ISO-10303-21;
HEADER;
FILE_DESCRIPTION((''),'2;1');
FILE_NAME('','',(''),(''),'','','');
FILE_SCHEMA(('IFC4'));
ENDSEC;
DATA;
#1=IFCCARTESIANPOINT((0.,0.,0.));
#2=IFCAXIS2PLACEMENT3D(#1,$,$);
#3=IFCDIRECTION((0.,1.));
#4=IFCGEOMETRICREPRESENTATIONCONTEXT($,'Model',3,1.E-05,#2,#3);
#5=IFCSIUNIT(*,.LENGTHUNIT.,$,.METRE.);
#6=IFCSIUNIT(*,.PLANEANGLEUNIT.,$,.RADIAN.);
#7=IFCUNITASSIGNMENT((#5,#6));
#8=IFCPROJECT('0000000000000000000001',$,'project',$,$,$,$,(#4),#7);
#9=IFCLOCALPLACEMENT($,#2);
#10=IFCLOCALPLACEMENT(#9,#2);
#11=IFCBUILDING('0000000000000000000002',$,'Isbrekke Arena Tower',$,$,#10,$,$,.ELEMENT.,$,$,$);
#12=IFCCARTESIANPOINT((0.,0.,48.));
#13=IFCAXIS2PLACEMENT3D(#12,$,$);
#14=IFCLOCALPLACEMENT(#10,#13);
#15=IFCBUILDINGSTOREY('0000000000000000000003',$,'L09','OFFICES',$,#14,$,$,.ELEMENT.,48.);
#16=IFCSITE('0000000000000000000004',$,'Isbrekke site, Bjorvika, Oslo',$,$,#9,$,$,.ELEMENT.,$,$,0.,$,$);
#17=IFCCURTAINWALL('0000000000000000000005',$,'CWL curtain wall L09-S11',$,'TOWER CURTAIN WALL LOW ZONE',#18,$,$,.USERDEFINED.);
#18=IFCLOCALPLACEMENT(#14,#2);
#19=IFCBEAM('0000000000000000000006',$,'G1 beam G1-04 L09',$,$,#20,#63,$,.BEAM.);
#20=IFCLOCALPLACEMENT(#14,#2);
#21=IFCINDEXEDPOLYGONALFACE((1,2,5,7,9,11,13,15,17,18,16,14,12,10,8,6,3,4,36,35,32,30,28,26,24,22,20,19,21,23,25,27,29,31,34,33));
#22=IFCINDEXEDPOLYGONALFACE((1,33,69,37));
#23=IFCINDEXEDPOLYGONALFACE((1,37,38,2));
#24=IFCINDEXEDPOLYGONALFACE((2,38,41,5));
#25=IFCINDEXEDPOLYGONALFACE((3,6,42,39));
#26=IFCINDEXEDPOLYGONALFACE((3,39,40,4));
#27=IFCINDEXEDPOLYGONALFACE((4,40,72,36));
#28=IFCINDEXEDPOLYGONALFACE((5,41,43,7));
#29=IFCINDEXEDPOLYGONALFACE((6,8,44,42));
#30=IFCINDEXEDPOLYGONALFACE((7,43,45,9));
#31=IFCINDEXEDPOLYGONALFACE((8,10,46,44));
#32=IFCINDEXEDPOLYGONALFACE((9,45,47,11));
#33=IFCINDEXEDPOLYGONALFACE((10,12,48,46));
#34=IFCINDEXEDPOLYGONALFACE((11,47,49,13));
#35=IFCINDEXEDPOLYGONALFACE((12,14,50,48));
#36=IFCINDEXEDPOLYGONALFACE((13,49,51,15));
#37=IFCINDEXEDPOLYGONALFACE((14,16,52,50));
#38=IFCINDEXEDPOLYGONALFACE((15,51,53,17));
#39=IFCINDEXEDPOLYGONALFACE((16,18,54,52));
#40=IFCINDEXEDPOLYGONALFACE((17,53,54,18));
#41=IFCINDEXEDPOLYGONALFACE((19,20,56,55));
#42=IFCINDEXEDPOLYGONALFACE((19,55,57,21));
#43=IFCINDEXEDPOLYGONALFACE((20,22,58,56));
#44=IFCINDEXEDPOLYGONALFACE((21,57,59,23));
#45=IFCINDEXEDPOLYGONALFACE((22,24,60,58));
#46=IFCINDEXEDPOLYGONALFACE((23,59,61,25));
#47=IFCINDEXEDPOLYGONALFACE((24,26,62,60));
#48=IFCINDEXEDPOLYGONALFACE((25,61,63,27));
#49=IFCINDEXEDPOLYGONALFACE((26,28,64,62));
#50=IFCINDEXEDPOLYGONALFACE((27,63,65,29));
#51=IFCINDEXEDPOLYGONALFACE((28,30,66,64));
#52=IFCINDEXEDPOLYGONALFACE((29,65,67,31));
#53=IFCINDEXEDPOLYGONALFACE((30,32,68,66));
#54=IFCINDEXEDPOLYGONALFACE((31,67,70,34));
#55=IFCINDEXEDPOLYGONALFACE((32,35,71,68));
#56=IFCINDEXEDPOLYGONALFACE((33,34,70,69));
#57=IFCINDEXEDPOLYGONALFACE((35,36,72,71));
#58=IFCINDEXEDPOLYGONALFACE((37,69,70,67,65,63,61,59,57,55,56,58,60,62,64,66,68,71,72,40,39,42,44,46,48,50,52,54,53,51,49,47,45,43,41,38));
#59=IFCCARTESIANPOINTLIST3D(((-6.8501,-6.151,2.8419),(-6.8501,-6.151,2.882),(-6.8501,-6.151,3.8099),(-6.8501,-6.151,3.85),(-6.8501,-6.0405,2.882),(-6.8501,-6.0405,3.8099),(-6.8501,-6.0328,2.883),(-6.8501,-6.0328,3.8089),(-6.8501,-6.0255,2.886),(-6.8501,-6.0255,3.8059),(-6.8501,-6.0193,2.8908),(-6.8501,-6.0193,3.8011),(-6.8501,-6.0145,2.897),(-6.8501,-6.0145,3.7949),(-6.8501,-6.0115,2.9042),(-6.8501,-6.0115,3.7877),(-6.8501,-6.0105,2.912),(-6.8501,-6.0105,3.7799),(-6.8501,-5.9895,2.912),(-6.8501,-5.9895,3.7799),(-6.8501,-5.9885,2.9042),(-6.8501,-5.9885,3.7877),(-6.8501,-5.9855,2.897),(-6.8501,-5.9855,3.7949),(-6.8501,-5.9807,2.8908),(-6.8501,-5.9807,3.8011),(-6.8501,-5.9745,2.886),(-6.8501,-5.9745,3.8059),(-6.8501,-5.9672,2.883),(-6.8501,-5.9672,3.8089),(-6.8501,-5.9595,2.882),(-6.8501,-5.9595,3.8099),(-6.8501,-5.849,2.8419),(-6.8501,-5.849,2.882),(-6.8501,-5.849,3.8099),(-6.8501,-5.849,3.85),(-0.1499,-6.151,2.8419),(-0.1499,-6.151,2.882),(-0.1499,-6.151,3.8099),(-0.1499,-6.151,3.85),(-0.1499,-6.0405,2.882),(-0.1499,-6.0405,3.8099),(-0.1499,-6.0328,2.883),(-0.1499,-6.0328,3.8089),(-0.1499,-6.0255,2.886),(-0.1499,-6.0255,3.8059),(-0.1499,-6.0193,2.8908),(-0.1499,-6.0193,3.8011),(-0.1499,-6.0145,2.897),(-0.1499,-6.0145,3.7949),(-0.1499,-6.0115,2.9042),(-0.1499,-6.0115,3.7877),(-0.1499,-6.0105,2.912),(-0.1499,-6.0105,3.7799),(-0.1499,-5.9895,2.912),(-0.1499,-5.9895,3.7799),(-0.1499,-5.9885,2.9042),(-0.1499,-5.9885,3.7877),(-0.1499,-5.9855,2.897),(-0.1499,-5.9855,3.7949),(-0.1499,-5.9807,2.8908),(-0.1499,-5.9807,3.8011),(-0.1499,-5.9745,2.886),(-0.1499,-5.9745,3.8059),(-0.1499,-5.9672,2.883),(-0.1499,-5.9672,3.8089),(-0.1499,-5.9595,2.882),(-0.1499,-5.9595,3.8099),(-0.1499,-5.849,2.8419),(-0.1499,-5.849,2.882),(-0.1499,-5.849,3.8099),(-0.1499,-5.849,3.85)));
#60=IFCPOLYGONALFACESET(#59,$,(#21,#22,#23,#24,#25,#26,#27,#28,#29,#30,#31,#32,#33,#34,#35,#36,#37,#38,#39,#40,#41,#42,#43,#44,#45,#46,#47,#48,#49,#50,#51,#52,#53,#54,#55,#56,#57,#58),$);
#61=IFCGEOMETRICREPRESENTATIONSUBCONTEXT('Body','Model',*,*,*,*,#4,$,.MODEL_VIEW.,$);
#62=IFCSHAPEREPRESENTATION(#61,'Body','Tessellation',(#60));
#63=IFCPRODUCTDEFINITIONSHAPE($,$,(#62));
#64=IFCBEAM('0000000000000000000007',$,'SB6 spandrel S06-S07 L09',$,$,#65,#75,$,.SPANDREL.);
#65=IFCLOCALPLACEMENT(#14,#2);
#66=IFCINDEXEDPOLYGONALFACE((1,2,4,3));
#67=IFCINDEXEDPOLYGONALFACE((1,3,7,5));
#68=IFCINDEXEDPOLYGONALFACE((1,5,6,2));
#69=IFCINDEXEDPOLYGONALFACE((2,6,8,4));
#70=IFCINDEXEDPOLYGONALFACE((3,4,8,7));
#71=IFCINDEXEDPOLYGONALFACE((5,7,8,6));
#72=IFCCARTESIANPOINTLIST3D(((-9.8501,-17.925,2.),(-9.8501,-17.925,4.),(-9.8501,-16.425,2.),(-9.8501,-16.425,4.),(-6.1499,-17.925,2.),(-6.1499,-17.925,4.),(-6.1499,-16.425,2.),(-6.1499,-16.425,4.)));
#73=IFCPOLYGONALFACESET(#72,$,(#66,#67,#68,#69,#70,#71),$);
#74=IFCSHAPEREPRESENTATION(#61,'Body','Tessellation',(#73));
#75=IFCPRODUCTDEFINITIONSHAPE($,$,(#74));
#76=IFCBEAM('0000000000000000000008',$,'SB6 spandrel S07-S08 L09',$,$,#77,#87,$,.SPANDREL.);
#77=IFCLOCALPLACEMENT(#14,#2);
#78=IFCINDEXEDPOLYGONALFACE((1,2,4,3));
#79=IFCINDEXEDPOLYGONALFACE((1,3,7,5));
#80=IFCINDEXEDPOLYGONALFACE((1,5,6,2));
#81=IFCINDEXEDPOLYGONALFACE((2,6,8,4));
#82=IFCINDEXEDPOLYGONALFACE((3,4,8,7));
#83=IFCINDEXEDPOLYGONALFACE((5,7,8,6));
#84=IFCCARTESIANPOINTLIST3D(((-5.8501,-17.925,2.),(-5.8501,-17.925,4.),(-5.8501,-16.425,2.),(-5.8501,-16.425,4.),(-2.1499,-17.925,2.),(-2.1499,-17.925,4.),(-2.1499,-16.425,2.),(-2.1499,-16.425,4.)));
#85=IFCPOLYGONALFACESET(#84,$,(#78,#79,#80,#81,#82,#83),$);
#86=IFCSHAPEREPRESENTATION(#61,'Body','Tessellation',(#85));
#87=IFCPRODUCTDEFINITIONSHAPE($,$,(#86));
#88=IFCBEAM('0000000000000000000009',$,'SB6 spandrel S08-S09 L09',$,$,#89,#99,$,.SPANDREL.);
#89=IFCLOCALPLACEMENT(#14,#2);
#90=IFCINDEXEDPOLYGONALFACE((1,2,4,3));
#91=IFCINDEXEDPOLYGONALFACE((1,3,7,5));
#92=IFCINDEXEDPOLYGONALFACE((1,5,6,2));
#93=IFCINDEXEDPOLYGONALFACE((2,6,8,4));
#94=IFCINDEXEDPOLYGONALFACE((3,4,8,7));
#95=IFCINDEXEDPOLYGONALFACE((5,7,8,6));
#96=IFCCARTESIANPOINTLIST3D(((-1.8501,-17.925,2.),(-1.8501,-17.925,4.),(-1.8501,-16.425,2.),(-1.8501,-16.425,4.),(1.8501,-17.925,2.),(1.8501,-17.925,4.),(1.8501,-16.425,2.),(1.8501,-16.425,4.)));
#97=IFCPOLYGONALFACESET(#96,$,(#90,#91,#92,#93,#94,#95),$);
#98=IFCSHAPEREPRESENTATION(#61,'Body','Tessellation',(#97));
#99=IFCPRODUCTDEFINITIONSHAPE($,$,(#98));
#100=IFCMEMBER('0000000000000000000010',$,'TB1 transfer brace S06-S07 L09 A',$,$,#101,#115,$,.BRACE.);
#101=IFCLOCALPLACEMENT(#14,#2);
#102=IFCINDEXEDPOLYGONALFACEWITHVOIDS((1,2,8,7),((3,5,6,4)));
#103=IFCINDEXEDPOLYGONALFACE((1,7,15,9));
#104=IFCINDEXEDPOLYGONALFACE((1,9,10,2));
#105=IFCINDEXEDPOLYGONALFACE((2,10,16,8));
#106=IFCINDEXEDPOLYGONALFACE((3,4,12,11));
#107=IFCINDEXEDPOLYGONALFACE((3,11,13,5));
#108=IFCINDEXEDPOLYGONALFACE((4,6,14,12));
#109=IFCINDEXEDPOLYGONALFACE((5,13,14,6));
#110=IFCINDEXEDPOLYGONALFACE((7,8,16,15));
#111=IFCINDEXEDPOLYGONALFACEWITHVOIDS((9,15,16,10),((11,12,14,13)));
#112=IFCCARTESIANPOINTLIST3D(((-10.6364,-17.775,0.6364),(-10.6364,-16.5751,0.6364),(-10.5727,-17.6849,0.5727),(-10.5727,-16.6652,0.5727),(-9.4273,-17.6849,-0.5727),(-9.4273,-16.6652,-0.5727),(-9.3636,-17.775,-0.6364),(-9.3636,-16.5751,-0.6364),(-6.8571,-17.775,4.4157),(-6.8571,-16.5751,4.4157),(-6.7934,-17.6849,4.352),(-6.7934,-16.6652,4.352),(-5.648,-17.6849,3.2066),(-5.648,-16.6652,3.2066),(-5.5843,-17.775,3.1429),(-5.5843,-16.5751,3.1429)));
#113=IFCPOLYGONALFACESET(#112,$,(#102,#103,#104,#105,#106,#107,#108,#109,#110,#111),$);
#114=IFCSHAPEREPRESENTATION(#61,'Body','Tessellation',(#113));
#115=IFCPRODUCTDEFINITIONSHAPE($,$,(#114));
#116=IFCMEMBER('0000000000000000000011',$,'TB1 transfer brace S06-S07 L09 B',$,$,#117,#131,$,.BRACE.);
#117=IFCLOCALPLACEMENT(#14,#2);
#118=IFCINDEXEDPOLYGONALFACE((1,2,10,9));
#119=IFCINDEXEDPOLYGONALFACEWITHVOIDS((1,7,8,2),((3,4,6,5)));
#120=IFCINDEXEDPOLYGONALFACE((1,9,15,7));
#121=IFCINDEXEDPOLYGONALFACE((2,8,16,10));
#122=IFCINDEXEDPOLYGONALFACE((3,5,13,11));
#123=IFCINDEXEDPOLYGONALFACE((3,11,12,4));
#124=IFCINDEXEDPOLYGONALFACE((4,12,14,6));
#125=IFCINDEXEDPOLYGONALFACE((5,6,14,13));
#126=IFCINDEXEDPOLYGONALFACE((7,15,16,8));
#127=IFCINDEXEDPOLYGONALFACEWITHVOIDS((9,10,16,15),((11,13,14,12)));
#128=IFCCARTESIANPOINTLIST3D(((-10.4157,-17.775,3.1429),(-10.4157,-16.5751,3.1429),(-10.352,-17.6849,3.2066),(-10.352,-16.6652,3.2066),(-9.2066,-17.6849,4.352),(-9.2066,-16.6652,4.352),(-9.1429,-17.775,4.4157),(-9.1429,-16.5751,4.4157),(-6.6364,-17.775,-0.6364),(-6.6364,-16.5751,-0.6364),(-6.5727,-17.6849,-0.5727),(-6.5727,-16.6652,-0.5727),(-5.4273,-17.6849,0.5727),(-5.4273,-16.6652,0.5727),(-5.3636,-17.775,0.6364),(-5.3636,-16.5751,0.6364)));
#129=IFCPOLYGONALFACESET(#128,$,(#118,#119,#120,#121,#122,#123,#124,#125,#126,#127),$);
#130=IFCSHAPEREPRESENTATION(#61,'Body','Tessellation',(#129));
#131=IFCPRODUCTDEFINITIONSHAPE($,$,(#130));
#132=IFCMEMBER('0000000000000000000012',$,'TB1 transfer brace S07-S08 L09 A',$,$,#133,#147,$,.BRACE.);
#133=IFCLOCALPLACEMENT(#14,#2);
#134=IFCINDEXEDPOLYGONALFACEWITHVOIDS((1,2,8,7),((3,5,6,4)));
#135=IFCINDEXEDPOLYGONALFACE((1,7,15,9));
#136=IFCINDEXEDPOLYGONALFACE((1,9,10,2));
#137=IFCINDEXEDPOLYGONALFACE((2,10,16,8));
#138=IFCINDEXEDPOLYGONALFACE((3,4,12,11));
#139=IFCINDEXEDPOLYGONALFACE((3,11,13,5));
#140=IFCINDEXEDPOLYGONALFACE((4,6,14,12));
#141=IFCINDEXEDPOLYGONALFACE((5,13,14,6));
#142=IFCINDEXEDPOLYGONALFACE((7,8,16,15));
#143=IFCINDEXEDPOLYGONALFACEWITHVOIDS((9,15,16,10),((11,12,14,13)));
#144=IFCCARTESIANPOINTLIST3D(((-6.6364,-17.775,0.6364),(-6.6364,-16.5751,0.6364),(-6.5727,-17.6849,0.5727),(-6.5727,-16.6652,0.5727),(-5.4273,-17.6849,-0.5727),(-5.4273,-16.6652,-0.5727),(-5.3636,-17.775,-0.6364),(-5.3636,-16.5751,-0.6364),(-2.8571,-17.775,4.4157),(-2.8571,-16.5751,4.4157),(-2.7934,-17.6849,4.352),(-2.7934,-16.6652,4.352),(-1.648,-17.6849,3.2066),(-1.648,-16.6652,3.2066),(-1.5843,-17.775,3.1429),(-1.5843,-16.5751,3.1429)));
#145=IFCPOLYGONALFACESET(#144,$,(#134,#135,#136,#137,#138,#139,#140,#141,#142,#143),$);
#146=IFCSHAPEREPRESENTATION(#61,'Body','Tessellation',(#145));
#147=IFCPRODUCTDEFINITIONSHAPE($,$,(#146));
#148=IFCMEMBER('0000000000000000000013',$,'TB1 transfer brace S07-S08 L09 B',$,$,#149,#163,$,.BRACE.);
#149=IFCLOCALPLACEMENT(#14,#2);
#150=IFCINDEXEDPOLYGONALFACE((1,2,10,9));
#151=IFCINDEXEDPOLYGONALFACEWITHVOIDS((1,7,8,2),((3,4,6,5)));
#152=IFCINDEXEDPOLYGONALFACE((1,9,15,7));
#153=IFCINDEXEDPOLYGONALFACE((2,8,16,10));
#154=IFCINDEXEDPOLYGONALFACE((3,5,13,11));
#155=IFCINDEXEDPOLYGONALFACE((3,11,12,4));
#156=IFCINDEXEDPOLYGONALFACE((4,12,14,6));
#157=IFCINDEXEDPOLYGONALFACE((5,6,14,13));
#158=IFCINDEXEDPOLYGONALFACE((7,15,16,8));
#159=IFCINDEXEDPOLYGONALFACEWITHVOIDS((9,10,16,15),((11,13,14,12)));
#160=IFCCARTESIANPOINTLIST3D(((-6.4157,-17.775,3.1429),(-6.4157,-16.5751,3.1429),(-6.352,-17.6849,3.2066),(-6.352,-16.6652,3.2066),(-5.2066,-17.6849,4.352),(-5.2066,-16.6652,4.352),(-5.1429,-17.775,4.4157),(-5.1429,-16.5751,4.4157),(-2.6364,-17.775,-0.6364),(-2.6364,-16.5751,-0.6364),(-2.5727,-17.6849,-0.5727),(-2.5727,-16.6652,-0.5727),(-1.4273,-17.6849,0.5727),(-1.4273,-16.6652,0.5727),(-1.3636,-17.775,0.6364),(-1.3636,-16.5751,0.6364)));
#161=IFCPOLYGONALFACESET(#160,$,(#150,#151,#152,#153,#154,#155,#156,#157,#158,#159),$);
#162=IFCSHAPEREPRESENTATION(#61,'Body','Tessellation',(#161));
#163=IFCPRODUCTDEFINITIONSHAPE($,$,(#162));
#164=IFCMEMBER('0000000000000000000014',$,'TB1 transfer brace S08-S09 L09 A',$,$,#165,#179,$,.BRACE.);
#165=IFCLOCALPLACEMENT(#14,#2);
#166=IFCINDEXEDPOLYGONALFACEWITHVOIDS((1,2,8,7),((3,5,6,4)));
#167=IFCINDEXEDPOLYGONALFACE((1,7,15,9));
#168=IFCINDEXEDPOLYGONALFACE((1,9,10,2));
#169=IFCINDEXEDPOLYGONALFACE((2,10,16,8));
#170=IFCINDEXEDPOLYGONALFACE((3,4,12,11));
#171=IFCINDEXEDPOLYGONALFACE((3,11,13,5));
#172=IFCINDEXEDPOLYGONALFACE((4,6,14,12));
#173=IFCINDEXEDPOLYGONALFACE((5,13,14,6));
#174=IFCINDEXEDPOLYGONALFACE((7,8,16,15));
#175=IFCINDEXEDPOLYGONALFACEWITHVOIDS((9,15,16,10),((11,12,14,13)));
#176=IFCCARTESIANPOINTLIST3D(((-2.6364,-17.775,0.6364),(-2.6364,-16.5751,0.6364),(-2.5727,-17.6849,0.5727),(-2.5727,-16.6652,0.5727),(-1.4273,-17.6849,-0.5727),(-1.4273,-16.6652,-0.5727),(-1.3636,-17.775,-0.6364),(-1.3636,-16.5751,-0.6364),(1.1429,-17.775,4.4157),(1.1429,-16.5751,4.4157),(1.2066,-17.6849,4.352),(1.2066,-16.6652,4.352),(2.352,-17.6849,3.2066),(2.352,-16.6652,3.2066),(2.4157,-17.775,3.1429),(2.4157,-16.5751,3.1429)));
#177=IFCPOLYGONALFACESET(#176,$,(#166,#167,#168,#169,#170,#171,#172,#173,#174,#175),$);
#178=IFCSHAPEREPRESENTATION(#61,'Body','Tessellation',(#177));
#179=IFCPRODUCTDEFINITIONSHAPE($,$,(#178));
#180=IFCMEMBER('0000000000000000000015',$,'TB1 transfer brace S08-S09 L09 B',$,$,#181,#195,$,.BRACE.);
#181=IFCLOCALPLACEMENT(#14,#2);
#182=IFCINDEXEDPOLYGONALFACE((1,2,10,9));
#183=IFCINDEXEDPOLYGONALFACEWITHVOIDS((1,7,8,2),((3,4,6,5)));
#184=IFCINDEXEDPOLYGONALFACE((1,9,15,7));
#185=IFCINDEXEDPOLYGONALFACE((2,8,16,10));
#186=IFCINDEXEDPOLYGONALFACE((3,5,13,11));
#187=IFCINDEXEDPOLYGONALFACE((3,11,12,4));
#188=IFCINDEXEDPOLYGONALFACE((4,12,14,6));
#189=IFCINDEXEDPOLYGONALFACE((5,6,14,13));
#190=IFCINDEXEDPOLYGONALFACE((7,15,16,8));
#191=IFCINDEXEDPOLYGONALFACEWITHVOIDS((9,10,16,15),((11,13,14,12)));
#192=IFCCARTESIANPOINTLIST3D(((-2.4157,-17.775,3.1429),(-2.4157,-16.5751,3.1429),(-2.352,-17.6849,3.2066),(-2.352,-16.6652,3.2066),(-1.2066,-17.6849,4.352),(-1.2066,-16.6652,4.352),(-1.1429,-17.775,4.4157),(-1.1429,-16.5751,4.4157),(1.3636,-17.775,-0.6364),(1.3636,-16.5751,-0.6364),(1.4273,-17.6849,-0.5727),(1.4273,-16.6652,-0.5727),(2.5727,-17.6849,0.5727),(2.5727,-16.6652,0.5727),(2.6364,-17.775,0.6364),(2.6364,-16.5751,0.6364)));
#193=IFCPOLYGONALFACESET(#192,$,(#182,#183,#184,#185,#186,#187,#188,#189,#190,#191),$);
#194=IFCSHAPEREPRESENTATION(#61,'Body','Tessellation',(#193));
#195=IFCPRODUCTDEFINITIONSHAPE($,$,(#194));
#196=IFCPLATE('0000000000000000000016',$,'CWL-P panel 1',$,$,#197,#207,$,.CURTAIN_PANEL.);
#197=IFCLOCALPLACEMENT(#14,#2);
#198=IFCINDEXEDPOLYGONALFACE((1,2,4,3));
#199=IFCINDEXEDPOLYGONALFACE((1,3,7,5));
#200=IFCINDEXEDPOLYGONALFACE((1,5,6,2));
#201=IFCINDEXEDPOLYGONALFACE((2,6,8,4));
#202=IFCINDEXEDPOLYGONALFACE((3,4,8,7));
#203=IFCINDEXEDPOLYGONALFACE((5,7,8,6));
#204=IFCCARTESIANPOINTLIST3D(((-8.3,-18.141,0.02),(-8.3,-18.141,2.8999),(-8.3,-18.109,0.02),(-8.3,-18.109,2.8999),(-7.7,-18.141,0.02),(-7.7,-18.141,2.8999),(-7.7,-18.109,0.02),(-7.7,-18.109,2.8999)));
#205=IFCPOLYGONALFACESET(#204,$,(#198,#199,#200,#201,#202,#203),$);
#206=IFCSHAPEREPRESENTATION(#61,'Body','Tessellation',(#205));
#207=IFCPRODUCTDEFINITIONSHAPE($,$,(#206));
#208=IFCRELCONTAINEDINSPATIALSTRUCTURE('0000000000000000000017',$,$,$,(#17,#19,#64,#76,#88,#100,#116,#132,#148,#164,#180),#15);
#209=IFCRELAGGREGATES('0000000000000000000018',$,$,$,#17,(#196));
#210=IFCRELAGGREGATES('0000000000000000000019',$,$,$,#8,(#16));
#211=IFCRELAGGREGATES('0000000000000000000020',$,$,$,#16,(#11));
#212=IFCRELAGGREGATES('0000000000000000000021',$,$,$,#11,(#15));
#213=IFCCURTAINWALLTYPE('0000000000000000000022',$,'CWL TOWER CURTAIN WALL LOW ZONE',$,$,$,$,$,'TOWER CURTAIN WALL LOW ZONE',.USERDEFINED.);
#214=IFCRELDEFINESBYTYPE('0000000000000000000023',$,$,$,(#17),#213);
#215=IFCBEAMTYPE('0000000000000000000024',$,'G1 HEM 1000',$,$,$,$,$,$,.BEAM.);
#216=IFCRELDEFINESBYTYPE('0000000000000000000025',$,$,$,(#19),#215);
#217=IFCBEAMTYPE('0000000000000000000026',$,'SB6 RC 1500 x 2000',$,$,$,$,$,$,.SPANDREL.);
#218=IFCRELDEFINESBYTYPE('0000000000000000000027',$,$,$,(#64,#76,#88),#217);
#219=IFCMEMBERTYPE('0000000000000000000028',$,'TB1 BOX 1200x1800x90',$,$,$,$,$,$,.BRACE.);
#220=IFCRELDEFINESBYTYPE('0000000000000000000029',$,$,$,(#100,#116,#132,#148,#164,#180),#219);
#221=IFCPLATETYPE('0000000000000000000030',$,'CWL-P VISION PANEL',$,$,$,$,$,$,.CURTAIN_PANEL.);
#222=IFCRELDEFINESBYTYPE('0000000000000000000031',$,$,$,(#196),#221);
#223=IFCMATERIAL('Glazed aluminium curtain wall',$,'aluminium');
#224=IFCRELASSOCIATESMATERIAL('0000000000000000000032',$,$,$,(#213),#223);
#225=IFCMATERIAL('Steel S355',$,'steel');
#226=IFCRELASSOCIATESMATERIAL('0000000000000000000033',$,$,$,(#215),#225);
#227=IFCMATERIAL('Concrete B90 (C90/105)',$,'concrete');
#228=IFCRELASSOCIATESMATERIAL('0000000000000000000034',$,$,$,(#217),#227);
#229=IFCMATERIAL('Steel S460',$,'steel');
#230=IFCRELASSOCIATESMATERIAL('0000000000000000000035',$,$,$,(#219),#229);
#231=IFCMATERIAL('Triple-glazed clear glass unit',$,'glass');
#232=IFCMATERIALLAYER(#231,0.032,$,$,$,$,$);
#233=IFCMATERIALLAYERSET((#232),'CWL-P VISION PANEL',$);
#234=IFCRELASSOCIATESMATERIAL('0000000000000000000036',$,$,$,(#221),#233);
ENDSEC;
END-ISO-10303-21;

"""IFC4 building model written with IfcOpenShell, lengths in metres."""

from ifc_helpers import new_model, si_unit, direction, frame, origin, origin_2d, place, context, subcontext, project, spatial, rectangle, hollow_rectangle, i_section, extrude, material, layer, layer_set, material_profile, profile_set, type_object, element, aggregate, save


model = new_model("IFC4")

# Units and contexts
model_context = context("Model", 3, precision=1e-05, world=origin(), true_north=direction((0.0, 1.0)))
body_context = subcontext(model_context, "Body", "Model", "MODEL_VIEW")
ifc_project = project(units=[si_unit("LENGTHUNIT", "METRE"), si_unit("PLANEANGLEUNIT", "RADIAN")], contexts=[model_context])

# Site, building, storey
site_placement = place(None, origin())
site = spatial("IfcSite", under=ifc_project, at=site_placement, Name="Isbrekke site, Bjorvika, Oslo", CompositionType="ELEMENT", RefElevation=0.0)
building_placement = place(site_placement, origin())
building = spatial("IfcBuilding", under=site, at=building_placement, Name="Isbrekke Arena Tower", CompositionType="ELEMENT")
storey_placement = place(building_placement, frame((0.0, 0.0, 48.0)))
storey = spatial("IfcBuildingStorey", under=building, at=storey_placement, Name="L09", Description="OFFICES", CompositionType="ELEMENT", Elevation=48.0)

# Curtain wall
ifc_material_1 = material(Name="Glazed aluminium curtain wall", Category="aluminium")
curtain_wall_type = type_object("IfcCurtainWallType", Name="CWL TOWER CURTAIN WALL LOW ZONE", ElementType="TOWER CURTAIN WALL LOW ZONE", PredefinedType="USERDEFINED", material=ifc_material_1)
curtain_wall_1_placement = place(storey_placement, origin())
curtain_wall_1 = element("IfcCurtainWall", 1, at=curtain_wall_1_placement, inside=storey, type_object=curtain_wall_type, Name="CWL curtain wall L09-S11", ObjectType="TOWER CURTAIN WALL LOW ZONE", PredefinedType="USERDEFINED")

# Beams
ifc_material_2 = material(Name="Steel S355", Category="steel")
ifc_material_profile_1 = material_profile(ifc_material_2, i_section(OverallWidth=0.302, OverallDepth=1.0081, WebThickness=0.021, FlangeThickness=0.04, FilletRadius=0.03, at=origin_2d()), Name="HEM 1000")
ifc_profile_set_1 = profile_set([ifc_material_profile_1], Name="Steel S355")
beam_type_1 = type_object("IfcBeamType", Name="G1 HEM 1000", PredefinedType="BEAM", material=ifc_profile_set_1)
beam_1_placement = place(storey_placement, frame((-6.8501, -6.0, 3.3459), z_axis=(1.0, 0.0, 0.0), x_axis=(0.0, 1.0, 0.0)))
element("IfcBeam", 2, at=beam_1_placement, inside=storey, type_object=beam_type_1, Name="G1 beam G1-04 L09", PredefinedType="BEAM", context=body_context, shape_type="SweptSolid", body=[
    extrude(i_section(OverallWidth=0.302, OverallDepth=1.0081, WebThickness=0.021, FlangeThickness=0.04, FilletRadius=0.03, at=origin_2d()), origin(), (0.0, 0.0, 1.0), 6.7002),
])
ifc_material_3 = material(Name="Concrete B90 (C90/105)", Category="concrete")
ifc_material_profile_2 = material_profile(ifc_material_3, rectangle(XDim=1.5, YDim=2.0, at=origin_2d()), Name="RC 1500x2000")
ifc_profile_set_2 = profile_set([ifc_material_profile_2], Name="Concrete B90 (C90/105)")
beam_type_2 = type_object("IfcBeamType", Name="SB6 RC 1500 x 2000", PredefinedType="SPANDREL", material=ifc_profile_set_2)
for number, where, z_axis, x_axis, name in (
    (3, (-9.8501, -17.175, 3.0), (1.0, 0.0, 0.0), (0.0, 1.0, 0.0), "SB6 spandrel S06-S07 L09"),
    (4, (-5.8501, -17.175, 3.0), (1.0, 0.0, 0.0), (0.0, 1.0, 0.0), "SB6 spandrel S07-S08 L09"),
    (5, (-1.8501, -17.175, 3.0), (1.0, 0.0, 0.0), (0.0, 1.0, 0.0), "SB6 spandrel S08-S09 L09"),
):
    element("IfcBeam", number, at=place(storey_placement, frame(where, z_axis=z_axis, x_axis=x_axis)), inside=storey, type_object=beam_type_2, Name=name, PredefinedType="SPANDREL", context=body_context, shape_type="SweptSolid", body=[
        extrude(rectangle(XDim=1.5, YDim=2.0, at=origin_2d()), origin(), (0.0, 0.0, 1.0), 3.7002),
    ])

# Members
ifc_material_4 = material(Name="Steel S460", Category="steel")
ifc_material_profile_3 = material_profile(ifc_material_4, hollow_rectangle(XDim=1.2, YDim=1.8, WallThickness=0.0901, at=origin_2d()), Name="BOX 1200x1800x90")
ifc_profile_set_3 = profile_set([ifc_material_profile_3], Name="Steel S460")
member_type_1 = type_object("IfcMemberType", Name="TB1 BOX 1200x1800x90", PredefinedType="BRACE", material=ifc_profile_set_3)
for number, where, z_axis, x_axis, name in (
    (6, (-10.0, -17.175, 0.0), (0.707107, 0.0, 0.707107), (0.0, 1.0, 0.0), "TB1 transfer brace S06-S07 L09 A"),
    (7, (-9.7793, -17.175, 3.7793), (0.707107, 0.0, -0.707107), (0.0, 1.0, 0.0), "TB1 transfer brace S06-S07 L09 B"),
    (8, (-6.0, -17.175, 0.0), (0.707107, 0.0, 0.707107), (0.0, 1.0, 0.0), "TB1 transfer brace S07-S08 L09 A"),
    (9, (-5.7793, -17.175, 3.7793), (0.707107, 0.0, -0.707107), (0.0, 1.0, 0.0), "TB1 transfer brace S07-S08 L09 B"),
    (10, (-2.0, -17.175, 0.0), (0.707107, 0.0, 0.707107), (0.0, 1.0, 0.0), "TB1 transfer brace S08-S09 L09 A"),
    (11, (-1.7793, -17.175, 3.7793), (0.707107, 0.0, -0.707107), (0.0, 1.0, 0.0), "TB1 transfer brace S08-S09 L09 B"),
):
    element("IfcMember", number, at=place(storey_placement, frame(where, z_axis=z_axis, x_axis=x_axis)), inside=storey, type_object=member_type_1, Name=name, PredefinedType="BRACE", context=body_context, shape_type="SweptSolid", body=[
        extrude(hollow_rectangle(XDim=1.2, YDim=1.8, WallThickness=0.0901, at=origin_2d()), origin(), (0.0, 0.0, 1.0), 5.3447),
    ])

# Plate
ifc_material_5 = material(Name="Triple-glazed clear glass unit", Category="glass")
ifc_layer_1 = layer(ifc_material_5, 0.032)
ifc_layer_set_1 = layer_set([ifc_layer_1], Name="CWL-P VISION PANEL")
plate_type = type_object("IfcPlateType", Name="CWL-P VISION PANEL", PredefinedType="CURTAIN_PANEL", material=ifc_layer_set_1)
plate_1_placement = place(storey_placement, frame((-8.0, -18.125, 0.02), z_axis=(0.0, 0.0, 1.0), x_axis=(1.0, 0.0, 0.0)))
plate_1 = element("IfcPlate", 12, at=plate_1_placement, type_object=plate_type, Name="CWL-P panel 1", PredefinedType="CURTAIN_PANEL", context=body_context, shape_type="SweptSolid", body=[
    extrude(rectangle(XDim=0.6001, YDim=0.032, at=origin_2d()), origin(), (0.0, 0.0, 1.0), 2.8799),
])
aggregate(curtain_wall_1, [plate_1])

save(model, "model.ifc")
